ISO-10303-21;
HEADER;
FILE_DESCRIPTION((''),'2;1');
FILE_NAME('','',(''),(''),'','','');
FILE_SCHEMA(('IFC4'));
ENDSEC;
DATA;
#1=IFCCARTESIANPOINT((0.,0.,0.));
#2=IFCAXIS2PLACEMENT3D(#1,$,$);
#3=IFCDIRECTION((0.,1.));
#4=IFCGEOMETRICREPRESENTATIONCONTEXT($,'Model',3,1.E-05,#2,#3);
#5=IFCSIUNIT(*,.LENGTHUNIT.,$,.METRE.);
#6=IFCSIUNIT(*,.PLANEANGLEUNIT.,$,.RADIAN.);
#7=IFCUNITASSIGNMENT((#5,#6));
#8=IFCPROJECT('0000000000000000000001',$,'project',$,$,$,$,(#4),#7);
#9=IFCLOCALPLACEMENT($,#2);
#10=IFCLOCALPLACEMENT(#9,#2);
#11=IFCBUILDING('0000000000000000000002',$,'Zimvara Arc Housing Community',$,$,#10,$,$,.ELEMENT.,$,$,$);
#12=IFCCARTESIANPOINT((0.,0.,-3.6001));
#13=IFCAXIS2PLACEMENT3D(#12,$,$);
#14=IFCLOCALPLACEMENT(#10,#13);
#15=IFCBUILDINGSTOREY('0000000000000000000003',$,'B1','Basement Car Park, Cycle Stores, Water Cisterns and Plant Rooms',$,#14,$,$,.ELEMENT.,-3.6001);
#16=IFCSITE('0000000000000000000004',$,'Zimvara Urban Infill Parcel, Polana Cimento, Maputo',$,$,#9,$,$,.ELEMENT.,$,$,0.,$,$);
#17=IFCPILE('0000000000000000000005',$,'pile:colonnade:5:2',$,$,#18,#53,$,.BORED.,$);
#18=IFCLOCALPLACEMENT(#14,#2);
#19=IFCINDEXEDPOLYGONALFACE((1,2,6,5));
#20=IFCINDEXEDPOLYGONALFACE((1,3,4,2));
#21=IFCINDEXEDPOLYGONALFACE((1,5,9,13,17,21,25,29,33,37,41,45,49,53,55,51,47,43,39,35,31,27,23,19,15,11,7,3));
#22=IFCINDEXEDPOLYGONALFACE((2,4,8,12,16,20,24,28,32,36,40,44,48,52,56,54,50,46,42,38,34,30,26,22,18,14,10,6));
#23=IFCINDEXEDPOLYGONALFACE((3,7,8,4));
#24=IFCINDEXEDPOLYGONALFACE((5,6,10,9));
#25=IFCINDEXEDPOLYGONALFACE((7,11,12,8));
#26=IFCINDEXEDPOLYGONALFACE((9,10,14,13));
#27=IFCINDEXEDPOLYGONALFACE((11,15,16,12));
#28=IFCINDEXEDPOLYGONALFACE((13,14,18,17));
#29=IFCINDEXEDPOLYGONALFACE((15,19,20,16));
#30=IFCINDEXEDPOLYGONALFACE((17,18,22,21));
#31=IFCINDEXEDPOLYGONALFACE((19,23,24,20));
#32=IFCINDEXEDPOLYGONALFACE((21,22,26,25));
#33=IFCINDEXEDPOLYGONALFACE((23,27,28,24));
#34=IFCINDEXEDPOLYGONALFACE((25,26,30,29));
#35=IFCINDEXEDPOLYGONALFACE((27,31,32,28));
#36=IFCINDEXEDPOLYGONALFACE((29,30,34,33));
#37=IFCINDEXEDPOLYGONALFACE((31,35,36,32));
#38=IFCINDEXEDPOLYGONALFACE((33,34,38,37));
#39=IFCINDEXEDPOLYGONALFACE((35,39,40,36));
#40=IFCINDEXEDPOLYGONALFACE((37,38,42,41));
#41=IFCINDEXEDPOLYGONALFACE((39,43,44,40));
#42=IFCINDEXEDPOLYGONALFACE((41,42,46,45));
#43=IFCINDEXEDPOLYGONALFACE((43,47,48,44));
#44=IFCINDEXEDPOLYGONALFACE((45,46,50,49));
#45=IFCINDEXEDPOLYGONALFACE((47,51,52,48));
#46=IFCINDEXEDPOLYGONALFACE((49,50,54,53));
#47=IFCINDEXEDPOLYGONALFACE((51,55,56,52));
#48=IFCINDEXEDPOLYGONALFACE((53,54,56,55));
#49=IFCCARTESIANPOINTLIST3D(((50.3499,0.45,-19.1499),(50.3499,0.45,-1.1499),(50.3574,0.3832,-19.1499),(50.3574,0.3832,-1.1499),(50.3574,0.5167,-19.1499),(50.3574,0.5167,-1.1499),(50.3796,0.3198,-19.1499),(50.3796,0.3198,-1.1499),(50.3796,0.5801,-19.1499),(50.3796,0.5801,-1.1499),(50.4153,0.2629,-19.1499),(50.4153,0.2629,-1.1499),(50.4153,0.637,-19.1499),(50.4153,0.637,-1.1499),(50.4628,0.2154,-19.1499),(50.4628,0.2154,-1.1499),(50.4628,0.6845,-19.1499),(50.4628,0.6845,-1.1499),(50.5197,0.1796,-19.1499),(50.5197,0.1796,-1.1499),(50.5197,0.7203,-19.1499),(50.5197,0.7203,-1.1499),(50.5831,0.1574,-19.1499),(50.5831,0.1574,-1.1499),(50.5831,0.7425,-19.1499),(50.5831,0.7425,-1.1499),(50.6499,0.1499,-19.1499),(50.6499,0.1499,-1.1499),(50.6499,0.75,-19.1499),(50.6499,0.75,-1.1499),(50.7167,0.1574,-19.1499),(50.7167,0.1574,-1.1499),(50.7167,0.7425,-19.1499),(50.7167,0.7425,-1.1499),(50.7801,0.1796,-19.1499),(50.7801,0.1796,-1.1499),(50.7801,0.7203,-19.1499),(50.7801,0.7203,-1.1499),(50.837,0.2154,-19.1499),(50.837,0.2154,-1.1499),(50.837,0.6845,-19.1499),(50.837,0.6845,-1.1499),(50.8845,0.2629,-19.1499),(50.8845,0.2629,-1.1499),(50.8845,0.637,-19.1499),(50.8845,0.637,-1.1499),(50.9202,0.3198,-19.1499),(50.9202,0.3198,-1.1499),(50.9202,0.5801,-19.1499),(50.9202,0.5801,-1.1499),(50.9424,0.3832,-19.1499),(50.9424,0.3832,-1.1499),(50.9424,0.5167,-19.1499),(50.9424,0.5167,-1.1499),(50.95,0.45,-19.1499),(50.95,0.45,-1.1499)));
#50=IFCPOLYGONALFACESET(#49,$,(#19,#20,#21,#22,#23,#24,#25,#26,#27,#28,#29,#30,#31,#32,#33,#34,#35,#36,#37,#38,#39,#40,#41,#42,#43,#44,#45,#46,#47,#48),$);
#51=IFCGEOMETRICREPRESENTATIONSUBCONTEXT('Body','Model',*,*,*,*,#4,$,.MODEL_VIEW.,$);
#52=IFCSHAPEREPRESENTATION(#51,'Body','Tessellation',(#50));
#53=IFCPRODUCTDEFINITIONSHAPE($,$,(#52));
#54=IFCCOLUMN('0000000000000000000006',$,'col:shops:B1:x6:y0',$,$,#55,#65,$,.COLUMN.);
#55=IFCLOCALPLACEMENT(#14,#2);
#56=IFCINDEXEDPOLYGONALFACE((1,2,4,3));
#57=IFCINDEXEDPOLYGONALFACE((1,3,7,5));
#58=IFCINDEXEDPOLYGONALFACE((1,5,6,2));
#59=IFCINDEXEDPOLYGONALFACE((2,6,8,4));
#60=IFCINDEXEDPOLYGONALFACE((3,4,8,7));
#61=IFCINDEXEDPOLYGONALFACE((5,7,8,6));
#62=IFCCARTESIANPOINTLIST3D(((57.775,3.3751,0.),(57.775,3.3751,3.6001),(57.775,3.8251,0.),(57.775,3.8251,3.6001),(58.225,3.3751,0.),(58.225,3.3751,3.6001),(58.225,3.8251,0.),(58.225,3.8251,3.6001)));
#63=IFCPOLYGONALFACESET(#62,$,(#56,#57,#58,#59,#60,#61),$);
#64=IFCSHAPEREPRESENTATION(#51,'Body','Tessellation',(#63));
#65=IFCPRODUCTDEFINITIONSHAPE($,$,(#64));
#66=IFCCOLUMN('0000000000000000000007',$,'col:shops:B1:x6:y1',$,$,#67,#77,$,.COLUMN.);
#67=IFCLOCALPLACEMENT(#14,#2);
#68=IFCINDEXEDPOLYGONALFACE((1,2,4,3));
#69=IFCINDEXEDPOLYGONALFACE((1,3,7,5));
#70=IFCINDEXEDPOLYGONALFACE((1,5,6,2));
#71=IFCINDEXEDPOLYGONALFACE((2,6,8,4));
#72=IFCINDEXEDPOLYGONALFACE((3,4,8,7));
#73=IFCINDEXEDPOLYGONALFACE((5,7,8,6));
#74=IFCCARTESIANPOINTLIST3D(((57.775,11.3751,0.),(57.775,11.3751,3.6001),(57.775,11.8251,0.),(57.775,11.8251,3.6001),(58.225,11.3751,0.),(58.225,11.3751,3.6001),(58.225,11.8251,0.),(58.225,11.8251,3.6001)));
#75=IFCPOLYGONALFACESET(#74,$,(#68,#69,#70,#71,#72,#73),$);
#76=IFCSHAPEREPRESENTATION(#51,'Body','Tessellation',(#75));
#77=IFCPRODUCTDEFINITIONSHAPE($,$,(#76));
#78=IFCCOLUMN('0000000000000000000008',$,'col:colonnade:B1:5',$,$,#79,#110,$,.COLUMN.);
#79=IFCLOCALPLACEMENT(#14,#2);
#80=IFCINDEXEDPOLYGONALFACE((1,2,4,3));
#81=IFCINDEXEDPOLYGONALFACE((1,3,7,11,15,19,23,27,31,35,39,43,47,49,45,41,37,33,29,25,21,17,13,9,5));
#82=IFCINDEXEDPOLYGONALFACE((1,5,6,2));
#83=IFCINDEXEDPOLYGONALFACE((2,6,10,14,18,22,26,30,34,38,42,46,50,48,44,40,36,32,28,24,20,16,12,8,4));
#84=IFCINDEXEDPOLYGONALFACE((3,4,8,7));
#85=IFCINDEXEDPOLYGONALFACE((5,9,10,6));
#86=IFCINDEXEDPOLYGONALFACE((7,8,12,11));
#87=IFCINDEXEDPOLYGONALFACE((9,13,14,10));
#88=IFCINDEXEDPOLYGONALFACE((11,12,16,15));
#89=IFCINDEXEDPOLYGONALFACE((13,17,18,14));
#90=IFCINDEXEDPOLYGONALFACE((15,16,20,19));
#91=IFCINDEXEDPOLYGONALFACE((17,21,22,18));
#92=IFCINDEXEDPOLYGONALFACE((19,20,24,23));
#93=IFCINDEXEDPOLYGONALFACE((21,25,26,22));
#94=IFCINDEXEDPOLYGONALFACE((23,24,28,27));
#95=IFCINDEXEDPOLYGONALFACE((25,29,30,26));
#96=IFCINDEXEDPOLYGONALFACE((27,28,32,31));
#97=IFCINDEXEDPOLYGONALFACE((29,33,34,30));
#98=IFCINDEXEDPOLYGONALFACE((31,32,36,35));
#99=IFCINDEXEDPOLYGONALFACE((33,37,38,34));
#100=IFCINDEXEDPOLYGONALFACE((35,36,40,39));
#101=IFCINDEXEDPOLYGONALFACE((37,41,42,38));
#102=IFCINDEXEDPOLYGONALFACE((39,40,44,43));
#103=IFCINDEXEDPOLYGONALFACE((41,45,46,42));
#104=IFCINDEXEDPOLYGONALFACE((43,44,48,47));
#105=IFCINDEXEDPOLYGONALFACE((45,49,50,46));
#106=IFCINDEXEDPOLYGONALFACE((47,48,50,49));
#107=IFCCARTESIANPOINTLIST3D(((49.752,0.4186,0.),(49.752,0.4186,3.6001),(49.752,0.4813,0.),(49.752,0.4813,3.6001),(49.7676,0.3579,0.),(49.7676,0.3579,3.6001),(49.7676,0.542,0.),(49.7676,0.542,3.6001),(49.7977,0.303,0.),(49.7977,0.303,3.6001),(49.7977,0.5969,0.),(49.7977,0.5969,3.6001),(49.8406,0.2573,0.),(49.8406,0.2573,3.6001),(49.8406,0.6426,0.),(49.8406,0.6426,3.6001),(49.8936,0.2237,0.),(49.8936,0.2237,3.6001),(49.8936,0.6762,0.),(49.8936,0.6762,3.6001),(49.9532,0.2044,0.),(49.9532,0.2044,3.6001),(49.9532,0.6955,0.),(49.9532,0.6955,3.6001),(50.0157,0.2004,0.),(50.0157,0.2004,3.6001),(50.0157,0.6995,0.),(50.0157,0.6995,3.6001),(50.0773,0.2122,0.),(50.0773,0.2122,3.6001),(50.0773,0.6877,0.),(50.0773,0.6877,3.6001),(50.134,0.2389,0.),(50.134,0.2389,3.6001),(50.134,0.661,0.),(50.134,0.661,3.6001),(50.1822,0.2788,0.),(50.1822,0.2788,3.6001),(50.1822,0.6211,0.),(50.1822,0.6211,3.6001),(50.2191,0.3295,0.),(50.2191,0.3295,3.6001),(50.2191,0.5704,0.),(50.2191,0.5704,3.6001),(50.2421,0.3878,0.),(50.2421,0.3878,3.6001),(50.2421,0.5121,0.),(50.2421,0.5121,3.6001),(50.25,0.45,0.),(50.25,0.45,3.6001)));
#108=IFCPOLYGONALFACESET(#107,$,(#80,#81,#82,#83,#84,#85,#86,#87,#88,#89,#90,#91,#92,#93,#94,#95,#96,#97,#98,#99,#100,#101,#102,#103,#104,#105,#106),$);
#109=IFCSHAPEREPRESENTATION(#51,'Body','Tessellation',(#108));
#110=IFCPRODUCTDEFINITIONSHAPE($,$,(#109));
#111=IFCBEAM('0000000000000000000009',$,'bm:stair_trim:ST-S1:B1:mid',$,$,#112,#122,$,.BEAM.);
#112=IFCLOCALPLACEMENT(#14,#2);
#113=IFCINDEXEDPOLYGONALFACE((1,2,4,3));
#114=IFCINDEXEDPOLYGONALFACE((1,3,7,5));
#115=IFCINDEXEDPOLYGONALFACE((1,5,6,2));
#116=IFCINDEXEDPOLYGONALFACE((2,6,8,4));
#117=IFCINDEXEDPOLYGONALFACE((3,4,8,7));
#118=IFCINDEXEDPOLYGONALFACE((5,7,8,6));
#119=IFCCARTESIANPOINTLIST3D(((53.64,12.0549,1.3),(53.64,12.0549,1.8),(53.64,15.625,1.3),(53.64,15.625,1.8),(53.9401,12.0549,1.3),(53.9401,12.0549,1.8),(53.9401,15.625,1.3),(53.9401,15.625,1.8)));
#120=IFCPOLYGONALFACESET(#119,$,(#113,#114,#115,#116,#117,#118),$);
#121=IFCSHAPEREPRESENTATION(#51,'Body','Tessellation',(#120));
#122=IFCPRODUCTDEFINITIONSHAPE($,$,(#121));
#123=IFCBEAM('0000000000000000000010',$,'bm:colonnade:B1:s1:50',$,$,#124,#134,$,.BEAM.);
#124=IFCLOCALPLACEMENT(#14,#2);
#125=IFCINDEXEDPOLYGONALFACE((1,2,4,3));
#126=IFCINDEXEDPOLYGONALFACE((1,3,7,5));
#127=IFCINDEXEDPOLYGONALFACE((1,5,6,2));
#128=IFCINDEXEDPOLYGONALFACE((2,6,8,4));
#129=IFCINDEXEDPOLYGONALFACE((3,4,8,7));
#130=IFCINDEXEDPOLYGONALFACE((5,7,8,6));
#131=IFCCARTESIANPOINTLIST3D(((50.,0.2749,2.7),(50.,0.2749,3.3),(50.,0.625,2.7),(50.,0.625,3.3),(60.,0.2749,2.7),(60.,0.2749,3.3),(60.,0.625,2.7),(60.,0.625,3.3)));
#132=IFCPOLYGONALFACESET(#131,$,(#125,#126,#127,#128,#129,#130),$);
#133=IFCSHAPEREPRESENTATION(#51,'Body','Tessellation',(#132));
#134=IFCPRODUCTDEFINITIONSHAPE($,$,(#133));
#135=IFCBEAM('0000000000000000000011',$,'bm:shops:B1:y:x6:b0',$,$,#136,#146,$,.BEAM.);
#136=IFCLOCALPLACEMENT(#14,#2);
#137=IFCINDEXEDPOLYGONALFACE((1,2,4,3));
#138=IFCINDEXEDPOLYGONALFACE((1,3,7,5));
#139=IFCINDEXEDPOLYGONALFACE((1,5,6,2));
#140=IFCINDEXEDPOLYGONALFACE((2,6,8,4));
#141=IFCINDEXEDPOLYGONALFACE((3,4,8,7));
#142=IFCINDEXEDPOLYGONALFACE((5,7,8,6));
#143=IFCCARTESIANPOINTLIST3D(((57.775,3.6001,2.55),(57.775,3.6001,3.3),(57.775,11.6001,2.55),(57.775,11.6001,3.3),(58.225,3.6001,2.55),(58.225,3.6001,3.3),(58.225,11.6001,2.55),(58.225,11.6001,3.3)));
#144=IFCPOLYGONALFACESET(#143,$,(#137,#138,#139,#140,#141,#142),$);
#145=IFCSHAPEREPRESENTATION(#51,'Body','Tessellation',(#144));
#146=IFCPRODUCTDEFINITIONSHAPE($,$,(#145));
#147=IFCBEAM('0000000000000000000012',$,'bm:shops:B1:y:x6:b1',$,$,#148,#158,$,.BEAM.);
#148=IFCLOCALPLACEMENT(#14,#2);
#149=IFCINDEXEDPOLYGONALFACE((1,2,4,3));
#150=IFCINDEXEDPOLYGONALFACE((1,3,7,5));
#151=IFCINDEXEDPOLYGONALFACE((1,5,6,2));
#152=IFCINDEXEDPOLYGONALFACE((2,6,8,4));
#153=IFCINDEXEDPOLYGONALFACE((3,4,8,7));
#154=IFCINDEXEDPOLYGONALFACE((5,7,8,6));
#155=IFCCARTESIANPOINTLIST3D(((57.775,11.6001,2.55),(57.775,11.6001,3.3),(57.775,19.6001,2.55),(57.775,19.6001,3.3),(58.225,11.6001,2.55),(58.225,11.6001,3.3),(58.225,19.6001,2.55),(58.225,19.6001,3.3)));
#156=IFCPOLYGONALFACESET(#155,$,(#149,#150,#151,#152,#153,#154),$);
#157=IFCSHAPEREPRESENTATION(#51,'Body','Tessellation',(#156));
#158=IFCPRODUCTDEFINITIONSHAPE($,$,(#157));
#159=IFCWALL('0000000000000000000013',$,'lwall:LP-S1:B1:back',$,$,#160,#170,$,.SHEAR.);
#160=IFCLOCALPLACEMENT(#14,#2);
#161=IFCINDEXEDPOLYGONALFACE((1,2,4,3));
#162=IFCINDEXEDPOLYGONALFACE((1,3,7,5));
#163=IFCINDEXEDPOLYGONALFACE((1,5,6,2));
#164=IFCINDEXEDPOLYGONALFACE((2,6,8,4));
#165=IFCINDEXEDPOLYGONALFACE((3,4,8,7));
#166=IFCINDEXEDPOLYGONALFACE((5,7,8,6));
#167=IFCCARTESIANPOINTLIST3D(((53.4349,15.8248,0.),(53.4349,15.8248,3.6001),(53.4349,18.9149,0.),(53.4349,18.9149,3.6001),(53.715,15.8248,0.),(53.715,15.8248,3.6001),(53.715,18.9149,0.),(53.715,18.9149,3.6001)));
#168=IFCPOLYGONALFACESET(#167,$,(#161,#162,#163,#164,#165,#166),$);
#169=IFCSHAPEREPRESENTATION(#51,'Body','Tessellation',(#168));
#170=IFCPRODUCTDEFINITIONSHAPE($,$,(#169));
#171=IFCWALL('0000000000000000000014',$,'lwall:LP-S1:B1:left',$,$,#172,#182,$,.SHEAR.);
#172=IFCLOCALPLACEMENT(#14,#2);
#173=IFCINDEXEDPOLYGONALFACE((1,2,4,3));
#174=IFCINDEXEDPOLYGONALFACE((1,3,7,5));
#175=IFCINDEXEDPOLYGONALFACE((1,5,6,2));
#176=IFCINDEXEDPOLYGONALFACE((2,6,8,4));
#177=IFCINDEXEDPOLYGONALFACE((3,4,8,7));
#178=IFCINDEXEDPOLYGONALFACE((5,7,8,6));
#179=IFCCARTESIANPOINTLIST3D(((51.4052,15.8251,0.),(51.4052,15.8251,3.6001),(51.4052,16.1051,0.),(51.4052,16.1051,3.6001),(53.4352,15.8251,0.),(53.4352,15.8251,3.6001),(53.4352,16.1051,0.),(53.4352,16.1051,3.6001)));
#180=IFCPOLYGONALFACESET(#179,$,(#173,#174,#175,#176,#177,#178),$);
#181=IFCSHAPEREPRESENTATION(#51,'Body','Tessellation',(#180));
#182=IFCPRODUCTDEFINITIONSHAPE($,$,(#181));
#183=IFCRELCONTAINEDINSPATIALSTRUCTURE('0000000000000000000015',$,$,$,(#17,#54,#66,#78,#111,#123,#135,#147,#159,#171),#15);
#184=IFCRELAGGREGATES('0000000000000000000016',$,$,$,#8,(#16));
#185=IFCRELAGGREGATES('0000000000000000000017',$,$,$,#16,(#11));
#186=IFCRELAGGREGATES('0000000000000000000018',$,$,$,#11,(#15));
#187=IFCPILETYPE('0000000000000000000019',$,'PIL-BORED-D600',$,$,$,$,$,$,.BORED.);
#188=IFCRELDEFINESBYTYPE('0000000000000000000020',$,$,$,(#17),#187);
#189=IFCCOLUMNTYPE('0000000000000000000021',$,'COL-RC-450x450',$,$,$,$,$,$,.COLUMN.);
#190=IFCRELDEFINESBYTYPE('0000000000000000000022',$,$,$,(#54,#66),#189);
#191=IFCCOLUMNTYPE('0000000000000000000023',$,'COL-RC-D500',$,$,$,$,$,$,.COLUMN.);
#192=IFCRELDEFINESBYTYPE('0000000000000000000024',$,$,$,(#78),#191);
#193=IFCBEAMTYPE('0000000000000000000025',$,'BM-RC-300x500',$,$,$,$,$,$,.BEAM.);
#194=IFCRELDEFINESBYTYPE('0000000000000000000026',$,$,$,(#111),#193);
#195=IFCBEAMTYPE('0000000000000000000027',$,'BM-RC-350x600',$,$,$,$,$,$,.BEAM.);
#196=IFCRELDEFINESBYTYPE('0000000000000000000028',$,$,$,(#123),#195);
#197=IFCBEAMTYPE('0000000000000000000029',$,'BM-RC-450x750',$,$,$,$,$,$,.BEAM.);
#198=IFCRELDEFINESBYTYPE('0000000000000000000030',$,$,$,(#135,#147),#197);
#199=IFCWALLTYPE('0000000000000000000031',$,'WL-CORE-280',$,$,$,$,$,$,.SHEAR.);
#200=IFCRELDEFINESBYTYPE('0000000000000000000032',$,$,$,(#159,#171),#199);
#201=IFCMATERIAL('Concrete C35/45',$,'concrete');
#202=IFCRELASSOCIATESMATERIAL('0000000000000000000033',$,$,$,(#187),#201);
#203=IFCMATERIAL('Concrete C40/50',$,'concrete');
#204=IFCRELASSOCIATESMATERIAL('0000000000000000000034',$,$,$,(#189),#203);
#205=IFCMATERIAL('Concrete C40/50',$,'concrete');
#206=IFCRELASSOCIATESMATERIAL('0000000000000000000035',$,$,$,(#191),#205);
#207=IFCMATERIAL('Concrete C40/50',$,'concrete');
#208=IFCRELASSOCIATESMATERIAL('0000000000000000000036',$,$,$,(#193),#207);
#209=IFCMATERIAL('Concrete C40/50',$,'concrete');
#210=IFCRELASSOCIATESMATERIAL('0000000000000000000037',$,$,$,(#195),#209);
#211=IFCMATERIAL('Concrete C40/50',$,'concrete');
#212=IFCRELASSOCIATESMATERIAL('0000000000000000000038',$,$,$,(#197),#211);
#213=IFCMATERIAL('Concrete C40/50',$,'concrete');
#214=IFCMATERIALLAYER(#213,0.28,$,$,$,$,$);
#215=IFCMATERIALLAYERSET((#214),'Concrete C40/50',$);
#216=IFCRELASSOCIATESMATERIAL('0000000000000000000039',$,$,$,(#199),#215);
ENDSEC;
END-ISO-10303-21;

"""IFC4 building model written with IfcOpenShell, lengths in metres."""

from ifc_helpers import new_model, si_unit, direction, frame, frame_2d, origin, origin_2d, place, context, subcontext, project, spatial, rectangle, circle, extrude, material, layer, layer_set, material_profile, profile_set, type_object, element, save


model = new_model("IFC4")

# Units and contexts
model_context = context("Model", 3, precision=1e-05, world=origin(), true_north=direction((0.0, 1.0)))
body_context = subcontext(model_context, "Body", "Model", "MODEL_VIEW")
ifc_project = project(units=[si_unit("LENGTHUNIT", "METRE"), si_unit("PLANEANGLEUNIT", "RADIAN")], contexts=[model_context])

# Site, building, storey
site_placement = place(None, origin())
site = spatial("IfcSite", under=ifc_project, at=site_placement, Name="Zimvara Urban Infill Parcel, Polana Cimento, Maputo", CompositionType="ELEMENT", RefElevation=0.0)
building_placement = place(site_placement, origin())
building = spatial("IfcBuilding", under=site, at=building_placement, Name="Zimvara Arc Housing Community", CompositionType="ELEMENT")
storey_placement = place(building_placement, frame((0.0, 0.0, -3.6001)))
storey = spatial("IfcBuildingStorey", under=building, at=storey_placement, Name="B1", Description="Basement Car Park, Cycle Stores, Water Cisterns and Plant Rooms", CompositionType="ELEMENT", Elevation=-3.6001)

# Pile
ifc_material_1 = material(Name="Concrete C35/45", Category="concrete")
ifc_material_profile_1 = material_profile(ifc_material_1, circle(Radius=0.3, at=origin_2d()), Name="PILE D600")
ifc_profile_set_1 = profile_set([ifc_material_profile_1], Name="Concrete C35/45")
pile_type = type_object("IfcPileType", Name="PIL-BORED-D600", PredefinedType="BORED", material=ifc_profile_set_1)
for number, where, z_axis, x_axis, name in (
    (1, (50.6499, 0.45, -1.1499), (0.0, 0.0, -1.0), (1.0, 0.0, 0.0), "pile:colonnade:5:2"),
):
    element("IfcPile", number, at=place(storey_placement, frame(where, z_axis=z_axis, x_axis=x_axis)), inside=storey, type_object=pile_type, Name=name, PredefinedType="BORED", context=body_context, shape_type="SweptSolid", body=[
        extrude(circle(Radius=0.3, at=origin_2d()), origin(), (0.0, 0.0, 1.0), 18.0),
    ])

# Columns
ifc_material_2 = material(Name="Concrete C40/50", Category="concrete")
ifc_material_profile_2 = material_profile(ifc_material_2, rectangle(XDim=0.45, YDim=0.45, at=origin_2d()), Name="RC 450x450")
ifc_profile_set_2 = profile_set([ifc_material_profile_2], Name="Concrete C40/50")
column_type_1 = type_object("IfcColumnType", Name="COL-RC-450x450", PredefinedType="COLUMN", material=ifc_profile_set_2)
for number, where, z_axis, x_axis, name in (
    (2, (58.0, 3.6001, 0.0), (0.0, 0.0, 1.0), (1.0, 0.0, 0.0), "col:shops:B1:x6:y0"),
    (3, (58.0, 11.6001, 0.0), (0.0, 0.0, 1.0), (1.0, 0.0, 0.0), "col:shops:B1:x6:y1"),
):
    element("IfcColumn", number, at=place(storey_placement, frame(where, z_axis=z_axis, x_axis=x_axis)), inside=storey, type_object=column_type_1, Name=name, PredefinedType="COLUMN", context=body_context, shape_type="SweptSolid", body=[
        extrude(rectangle(XDim=0.45, YDim=0.45, at=origin_2d()), origin(), (0.0, 0.0, 1.0), 3.6001),
    ])
ifc_material_3 = material(Name="Concrete C40/50", Category="concrete")
ifc_material_profile_3 = material_profile(ifc_material_3, circle(Radius=0.25, at=origin_2d()), Name="RC D500")
ifc_profile_set_3 = profile_set([ifc_material_profile_3], Name="Concrete C40/50")
column_type_2 = type_object("IfcColumnType", Name="COL-RC-D500", PredefinedType="COLUMN", material=ifc_profile_set_3)
column_placement = place(storey_placement, frame((50.0, 0.45, 0.0), z_axis=(0.0, 0.0, 1.0), x_axis=(1.0, 0.0, 0.0)))
element("IfcColumn", 4, at=column_placement, inside=storey, type_object=column_type_2, Name="col:colonnade:B1:5", PredefinedType="COLUMN", context=body_context, shape_type="SweptSolid", body=[
    extrude(circle(Radius=0.25, at=origin_2d()), origin(), (0.0, 0.0, 1.0), 3.6001),
])

# Beams
ifc_material_4 = material(Name="Concrete C40/50", Category="concrete")
ifc_material_profile_4 = material_profile(ifc_material_4, rectangle(XDim=0.3, YDim=0.5, at=origin_2d()), Name="RC 300x500")
ifc_profile_set_4 = profile_set([ifc_material_profile_4], Name="Concrete C40/50")
beam_type_1 = type_object("IfcBeamType", Name="BM-RC-300x500", PredefinedType="BEAM", material=ifc_profile_set_4)
beam_1_placement = place(storey_placement, frame((53.79, 12.0549, 1.55), z_axis=(0.0, 1.0, 0.0), x_axis=(-1.0, 0.0, 0.0)))
element("IfcBeam", 5, at=beam_1_placement, inside=storey, type_object=beam_type_1, Name="bm:stair_trim:ST-S1:B1:mid", PredefinedType="BEAM", context=body_context, shape_type="SweptSolid", body=[
    extrude(rectangle(XDim=0.3, YDim=0.5, at=origin_2d()), origin(), (0.0, 0.0, 1.0), 3.5701),
])
ifc_material_5 = material(Name="Concrete C40/50", Category="concrete")
ifc_material_profile_5 = material_profile(ifc_material_5, rectangle(XDim=0.3501, YDim=0.6001, at=origin_2d()), Name="RC 350x600")
ifc_profile_set_5 = profile_set([ifc_material_profile_5], Name="Concrete C40/50")
beam_type_2 = type_object("IfcBeamType", Name="BM-RC-350x600", PredefinedType="BEAM", material=ifc_profile_set_5)
beam_2_placement = place(storey_placement, frame((50.0, 0.45, 3.0), z_axis=(1.0, 0.0, 0.0), x_axis=(0.0, 1.0, 0.0)))
element("IfcBeam", 6, at=beam_2_placement, inside=storey, type_object=beam_type_2, Name="bm:colonnade:B1:s1:50", PredefinedType="BEAM", context=body_context, shape_type="SweptSolid", body=[
    extrude(rectangle(XDim=0.3501, YDim=0.6001, at=origin_2d()), origin(), (0.0, 0.0, 1.0), 10.0),
])
ifc_material_6 = material(Name="Concrete C40/50", Category="concrete")
ifc_material_profile_6 = material_profile(ifc_material_6, rectangle(XDim=0.45, YDim=0.75, at=origin_2d()), Name="RC 450x750")
ifc_profile_set_6 = profile_set([ifc_material_profile_6], Name="Concrete C40/50")
beam_type_3 = type_object("IfcBeamType", Name="BM-RC-450x750", PredefinedType="BEAM", material=ifc_profile_set_6)
for number, where, z_axis, x_axis, name in (
    (7, (58.0, 3.6001, 2.925), (0.0, 1.0, 0.0), (-1.0, 0.0, 0.0), "bm:shops:B1:y:x6:b0"),
    (8, (58.0, 11.6001, 2.925), (0.0, 1.0, 0.0), (-1.0, 0.0, 0.0), "bm:shops:B1:y:x6:b1"),
):
    element("IfcBeam", number, at=place(storey_placement, frame(where, z_axis=z_axis, x_axis=x_axis)), inside=storey, type_object=beam_type_3, Name=name, PredefinedType="BEAM", context=body_context, shape_type="SweptSolid", body=[
        extrude(rectangle(XDim=0.45, YDim=0.75, at=origin_2d()), origin(), (0.0, 0.0, 1.0), 8.0),
    ])

# Shared definitions
ifc_material_7 = material(Name="Concrete C40/50", Category="concrete")
ifc_layer_1 = layer(ifc_material_7, 0.28)
ifc_layer_set_1 = layer_set([ifc_layer_1], Name="Concrete C40/50")
wall_type_1 = type_object("IfcWallType", Name="WL-CORE-280", PredefinedType="SHEAR", material=ifc_layer_set_1)

# Walls
wall_1_placement = place(storey_placement, frame((53.575, 15.825, 0.0), z_axis=(0.0, 0.0, 1.0), x_axis=(0.0, 1.0, 0.0)))
element("IfcWall", 9, at=wall_1_placement, inside=storey, type_object=wall_type_1, Name="lwall:LP-S1:B1:back", PredefinedType="SHEAR", context=body_context, shape_type="SweptSolid", body=[
    extrude(rectangle(XDim=3.0901, YDim=0.28, at=frame_2d((1.5449, 0.0))), origin(), (0.0, 0.0, 1.0), 3.6001),
])
for number, where, z_axis, x_axis, name in (
    (10, (51.405, 15.9651, 0.0), (0.0, 0.0, 1.0), (1.0, 0.0, 0.0), "lwall:LP-S1:B1:left"),
):
    element("IfcWall", number, at=place(storey_placement, frame(where, z_axis=z_axis, x_axis=x_axis)), inside=storey, type_object=wall_type_1, Name=name, PredefinedType="SHEAR", context=body_context, shape_type="SweptSolid", body=[
        extrude(rectangle(XDim=2.03, YDim=0.28, at=frame_2d((1.0151, 0.0))), origin(), (0.0, 0.0, 1.0), 3.6001),
    ])

save(model, "model.ifc")
